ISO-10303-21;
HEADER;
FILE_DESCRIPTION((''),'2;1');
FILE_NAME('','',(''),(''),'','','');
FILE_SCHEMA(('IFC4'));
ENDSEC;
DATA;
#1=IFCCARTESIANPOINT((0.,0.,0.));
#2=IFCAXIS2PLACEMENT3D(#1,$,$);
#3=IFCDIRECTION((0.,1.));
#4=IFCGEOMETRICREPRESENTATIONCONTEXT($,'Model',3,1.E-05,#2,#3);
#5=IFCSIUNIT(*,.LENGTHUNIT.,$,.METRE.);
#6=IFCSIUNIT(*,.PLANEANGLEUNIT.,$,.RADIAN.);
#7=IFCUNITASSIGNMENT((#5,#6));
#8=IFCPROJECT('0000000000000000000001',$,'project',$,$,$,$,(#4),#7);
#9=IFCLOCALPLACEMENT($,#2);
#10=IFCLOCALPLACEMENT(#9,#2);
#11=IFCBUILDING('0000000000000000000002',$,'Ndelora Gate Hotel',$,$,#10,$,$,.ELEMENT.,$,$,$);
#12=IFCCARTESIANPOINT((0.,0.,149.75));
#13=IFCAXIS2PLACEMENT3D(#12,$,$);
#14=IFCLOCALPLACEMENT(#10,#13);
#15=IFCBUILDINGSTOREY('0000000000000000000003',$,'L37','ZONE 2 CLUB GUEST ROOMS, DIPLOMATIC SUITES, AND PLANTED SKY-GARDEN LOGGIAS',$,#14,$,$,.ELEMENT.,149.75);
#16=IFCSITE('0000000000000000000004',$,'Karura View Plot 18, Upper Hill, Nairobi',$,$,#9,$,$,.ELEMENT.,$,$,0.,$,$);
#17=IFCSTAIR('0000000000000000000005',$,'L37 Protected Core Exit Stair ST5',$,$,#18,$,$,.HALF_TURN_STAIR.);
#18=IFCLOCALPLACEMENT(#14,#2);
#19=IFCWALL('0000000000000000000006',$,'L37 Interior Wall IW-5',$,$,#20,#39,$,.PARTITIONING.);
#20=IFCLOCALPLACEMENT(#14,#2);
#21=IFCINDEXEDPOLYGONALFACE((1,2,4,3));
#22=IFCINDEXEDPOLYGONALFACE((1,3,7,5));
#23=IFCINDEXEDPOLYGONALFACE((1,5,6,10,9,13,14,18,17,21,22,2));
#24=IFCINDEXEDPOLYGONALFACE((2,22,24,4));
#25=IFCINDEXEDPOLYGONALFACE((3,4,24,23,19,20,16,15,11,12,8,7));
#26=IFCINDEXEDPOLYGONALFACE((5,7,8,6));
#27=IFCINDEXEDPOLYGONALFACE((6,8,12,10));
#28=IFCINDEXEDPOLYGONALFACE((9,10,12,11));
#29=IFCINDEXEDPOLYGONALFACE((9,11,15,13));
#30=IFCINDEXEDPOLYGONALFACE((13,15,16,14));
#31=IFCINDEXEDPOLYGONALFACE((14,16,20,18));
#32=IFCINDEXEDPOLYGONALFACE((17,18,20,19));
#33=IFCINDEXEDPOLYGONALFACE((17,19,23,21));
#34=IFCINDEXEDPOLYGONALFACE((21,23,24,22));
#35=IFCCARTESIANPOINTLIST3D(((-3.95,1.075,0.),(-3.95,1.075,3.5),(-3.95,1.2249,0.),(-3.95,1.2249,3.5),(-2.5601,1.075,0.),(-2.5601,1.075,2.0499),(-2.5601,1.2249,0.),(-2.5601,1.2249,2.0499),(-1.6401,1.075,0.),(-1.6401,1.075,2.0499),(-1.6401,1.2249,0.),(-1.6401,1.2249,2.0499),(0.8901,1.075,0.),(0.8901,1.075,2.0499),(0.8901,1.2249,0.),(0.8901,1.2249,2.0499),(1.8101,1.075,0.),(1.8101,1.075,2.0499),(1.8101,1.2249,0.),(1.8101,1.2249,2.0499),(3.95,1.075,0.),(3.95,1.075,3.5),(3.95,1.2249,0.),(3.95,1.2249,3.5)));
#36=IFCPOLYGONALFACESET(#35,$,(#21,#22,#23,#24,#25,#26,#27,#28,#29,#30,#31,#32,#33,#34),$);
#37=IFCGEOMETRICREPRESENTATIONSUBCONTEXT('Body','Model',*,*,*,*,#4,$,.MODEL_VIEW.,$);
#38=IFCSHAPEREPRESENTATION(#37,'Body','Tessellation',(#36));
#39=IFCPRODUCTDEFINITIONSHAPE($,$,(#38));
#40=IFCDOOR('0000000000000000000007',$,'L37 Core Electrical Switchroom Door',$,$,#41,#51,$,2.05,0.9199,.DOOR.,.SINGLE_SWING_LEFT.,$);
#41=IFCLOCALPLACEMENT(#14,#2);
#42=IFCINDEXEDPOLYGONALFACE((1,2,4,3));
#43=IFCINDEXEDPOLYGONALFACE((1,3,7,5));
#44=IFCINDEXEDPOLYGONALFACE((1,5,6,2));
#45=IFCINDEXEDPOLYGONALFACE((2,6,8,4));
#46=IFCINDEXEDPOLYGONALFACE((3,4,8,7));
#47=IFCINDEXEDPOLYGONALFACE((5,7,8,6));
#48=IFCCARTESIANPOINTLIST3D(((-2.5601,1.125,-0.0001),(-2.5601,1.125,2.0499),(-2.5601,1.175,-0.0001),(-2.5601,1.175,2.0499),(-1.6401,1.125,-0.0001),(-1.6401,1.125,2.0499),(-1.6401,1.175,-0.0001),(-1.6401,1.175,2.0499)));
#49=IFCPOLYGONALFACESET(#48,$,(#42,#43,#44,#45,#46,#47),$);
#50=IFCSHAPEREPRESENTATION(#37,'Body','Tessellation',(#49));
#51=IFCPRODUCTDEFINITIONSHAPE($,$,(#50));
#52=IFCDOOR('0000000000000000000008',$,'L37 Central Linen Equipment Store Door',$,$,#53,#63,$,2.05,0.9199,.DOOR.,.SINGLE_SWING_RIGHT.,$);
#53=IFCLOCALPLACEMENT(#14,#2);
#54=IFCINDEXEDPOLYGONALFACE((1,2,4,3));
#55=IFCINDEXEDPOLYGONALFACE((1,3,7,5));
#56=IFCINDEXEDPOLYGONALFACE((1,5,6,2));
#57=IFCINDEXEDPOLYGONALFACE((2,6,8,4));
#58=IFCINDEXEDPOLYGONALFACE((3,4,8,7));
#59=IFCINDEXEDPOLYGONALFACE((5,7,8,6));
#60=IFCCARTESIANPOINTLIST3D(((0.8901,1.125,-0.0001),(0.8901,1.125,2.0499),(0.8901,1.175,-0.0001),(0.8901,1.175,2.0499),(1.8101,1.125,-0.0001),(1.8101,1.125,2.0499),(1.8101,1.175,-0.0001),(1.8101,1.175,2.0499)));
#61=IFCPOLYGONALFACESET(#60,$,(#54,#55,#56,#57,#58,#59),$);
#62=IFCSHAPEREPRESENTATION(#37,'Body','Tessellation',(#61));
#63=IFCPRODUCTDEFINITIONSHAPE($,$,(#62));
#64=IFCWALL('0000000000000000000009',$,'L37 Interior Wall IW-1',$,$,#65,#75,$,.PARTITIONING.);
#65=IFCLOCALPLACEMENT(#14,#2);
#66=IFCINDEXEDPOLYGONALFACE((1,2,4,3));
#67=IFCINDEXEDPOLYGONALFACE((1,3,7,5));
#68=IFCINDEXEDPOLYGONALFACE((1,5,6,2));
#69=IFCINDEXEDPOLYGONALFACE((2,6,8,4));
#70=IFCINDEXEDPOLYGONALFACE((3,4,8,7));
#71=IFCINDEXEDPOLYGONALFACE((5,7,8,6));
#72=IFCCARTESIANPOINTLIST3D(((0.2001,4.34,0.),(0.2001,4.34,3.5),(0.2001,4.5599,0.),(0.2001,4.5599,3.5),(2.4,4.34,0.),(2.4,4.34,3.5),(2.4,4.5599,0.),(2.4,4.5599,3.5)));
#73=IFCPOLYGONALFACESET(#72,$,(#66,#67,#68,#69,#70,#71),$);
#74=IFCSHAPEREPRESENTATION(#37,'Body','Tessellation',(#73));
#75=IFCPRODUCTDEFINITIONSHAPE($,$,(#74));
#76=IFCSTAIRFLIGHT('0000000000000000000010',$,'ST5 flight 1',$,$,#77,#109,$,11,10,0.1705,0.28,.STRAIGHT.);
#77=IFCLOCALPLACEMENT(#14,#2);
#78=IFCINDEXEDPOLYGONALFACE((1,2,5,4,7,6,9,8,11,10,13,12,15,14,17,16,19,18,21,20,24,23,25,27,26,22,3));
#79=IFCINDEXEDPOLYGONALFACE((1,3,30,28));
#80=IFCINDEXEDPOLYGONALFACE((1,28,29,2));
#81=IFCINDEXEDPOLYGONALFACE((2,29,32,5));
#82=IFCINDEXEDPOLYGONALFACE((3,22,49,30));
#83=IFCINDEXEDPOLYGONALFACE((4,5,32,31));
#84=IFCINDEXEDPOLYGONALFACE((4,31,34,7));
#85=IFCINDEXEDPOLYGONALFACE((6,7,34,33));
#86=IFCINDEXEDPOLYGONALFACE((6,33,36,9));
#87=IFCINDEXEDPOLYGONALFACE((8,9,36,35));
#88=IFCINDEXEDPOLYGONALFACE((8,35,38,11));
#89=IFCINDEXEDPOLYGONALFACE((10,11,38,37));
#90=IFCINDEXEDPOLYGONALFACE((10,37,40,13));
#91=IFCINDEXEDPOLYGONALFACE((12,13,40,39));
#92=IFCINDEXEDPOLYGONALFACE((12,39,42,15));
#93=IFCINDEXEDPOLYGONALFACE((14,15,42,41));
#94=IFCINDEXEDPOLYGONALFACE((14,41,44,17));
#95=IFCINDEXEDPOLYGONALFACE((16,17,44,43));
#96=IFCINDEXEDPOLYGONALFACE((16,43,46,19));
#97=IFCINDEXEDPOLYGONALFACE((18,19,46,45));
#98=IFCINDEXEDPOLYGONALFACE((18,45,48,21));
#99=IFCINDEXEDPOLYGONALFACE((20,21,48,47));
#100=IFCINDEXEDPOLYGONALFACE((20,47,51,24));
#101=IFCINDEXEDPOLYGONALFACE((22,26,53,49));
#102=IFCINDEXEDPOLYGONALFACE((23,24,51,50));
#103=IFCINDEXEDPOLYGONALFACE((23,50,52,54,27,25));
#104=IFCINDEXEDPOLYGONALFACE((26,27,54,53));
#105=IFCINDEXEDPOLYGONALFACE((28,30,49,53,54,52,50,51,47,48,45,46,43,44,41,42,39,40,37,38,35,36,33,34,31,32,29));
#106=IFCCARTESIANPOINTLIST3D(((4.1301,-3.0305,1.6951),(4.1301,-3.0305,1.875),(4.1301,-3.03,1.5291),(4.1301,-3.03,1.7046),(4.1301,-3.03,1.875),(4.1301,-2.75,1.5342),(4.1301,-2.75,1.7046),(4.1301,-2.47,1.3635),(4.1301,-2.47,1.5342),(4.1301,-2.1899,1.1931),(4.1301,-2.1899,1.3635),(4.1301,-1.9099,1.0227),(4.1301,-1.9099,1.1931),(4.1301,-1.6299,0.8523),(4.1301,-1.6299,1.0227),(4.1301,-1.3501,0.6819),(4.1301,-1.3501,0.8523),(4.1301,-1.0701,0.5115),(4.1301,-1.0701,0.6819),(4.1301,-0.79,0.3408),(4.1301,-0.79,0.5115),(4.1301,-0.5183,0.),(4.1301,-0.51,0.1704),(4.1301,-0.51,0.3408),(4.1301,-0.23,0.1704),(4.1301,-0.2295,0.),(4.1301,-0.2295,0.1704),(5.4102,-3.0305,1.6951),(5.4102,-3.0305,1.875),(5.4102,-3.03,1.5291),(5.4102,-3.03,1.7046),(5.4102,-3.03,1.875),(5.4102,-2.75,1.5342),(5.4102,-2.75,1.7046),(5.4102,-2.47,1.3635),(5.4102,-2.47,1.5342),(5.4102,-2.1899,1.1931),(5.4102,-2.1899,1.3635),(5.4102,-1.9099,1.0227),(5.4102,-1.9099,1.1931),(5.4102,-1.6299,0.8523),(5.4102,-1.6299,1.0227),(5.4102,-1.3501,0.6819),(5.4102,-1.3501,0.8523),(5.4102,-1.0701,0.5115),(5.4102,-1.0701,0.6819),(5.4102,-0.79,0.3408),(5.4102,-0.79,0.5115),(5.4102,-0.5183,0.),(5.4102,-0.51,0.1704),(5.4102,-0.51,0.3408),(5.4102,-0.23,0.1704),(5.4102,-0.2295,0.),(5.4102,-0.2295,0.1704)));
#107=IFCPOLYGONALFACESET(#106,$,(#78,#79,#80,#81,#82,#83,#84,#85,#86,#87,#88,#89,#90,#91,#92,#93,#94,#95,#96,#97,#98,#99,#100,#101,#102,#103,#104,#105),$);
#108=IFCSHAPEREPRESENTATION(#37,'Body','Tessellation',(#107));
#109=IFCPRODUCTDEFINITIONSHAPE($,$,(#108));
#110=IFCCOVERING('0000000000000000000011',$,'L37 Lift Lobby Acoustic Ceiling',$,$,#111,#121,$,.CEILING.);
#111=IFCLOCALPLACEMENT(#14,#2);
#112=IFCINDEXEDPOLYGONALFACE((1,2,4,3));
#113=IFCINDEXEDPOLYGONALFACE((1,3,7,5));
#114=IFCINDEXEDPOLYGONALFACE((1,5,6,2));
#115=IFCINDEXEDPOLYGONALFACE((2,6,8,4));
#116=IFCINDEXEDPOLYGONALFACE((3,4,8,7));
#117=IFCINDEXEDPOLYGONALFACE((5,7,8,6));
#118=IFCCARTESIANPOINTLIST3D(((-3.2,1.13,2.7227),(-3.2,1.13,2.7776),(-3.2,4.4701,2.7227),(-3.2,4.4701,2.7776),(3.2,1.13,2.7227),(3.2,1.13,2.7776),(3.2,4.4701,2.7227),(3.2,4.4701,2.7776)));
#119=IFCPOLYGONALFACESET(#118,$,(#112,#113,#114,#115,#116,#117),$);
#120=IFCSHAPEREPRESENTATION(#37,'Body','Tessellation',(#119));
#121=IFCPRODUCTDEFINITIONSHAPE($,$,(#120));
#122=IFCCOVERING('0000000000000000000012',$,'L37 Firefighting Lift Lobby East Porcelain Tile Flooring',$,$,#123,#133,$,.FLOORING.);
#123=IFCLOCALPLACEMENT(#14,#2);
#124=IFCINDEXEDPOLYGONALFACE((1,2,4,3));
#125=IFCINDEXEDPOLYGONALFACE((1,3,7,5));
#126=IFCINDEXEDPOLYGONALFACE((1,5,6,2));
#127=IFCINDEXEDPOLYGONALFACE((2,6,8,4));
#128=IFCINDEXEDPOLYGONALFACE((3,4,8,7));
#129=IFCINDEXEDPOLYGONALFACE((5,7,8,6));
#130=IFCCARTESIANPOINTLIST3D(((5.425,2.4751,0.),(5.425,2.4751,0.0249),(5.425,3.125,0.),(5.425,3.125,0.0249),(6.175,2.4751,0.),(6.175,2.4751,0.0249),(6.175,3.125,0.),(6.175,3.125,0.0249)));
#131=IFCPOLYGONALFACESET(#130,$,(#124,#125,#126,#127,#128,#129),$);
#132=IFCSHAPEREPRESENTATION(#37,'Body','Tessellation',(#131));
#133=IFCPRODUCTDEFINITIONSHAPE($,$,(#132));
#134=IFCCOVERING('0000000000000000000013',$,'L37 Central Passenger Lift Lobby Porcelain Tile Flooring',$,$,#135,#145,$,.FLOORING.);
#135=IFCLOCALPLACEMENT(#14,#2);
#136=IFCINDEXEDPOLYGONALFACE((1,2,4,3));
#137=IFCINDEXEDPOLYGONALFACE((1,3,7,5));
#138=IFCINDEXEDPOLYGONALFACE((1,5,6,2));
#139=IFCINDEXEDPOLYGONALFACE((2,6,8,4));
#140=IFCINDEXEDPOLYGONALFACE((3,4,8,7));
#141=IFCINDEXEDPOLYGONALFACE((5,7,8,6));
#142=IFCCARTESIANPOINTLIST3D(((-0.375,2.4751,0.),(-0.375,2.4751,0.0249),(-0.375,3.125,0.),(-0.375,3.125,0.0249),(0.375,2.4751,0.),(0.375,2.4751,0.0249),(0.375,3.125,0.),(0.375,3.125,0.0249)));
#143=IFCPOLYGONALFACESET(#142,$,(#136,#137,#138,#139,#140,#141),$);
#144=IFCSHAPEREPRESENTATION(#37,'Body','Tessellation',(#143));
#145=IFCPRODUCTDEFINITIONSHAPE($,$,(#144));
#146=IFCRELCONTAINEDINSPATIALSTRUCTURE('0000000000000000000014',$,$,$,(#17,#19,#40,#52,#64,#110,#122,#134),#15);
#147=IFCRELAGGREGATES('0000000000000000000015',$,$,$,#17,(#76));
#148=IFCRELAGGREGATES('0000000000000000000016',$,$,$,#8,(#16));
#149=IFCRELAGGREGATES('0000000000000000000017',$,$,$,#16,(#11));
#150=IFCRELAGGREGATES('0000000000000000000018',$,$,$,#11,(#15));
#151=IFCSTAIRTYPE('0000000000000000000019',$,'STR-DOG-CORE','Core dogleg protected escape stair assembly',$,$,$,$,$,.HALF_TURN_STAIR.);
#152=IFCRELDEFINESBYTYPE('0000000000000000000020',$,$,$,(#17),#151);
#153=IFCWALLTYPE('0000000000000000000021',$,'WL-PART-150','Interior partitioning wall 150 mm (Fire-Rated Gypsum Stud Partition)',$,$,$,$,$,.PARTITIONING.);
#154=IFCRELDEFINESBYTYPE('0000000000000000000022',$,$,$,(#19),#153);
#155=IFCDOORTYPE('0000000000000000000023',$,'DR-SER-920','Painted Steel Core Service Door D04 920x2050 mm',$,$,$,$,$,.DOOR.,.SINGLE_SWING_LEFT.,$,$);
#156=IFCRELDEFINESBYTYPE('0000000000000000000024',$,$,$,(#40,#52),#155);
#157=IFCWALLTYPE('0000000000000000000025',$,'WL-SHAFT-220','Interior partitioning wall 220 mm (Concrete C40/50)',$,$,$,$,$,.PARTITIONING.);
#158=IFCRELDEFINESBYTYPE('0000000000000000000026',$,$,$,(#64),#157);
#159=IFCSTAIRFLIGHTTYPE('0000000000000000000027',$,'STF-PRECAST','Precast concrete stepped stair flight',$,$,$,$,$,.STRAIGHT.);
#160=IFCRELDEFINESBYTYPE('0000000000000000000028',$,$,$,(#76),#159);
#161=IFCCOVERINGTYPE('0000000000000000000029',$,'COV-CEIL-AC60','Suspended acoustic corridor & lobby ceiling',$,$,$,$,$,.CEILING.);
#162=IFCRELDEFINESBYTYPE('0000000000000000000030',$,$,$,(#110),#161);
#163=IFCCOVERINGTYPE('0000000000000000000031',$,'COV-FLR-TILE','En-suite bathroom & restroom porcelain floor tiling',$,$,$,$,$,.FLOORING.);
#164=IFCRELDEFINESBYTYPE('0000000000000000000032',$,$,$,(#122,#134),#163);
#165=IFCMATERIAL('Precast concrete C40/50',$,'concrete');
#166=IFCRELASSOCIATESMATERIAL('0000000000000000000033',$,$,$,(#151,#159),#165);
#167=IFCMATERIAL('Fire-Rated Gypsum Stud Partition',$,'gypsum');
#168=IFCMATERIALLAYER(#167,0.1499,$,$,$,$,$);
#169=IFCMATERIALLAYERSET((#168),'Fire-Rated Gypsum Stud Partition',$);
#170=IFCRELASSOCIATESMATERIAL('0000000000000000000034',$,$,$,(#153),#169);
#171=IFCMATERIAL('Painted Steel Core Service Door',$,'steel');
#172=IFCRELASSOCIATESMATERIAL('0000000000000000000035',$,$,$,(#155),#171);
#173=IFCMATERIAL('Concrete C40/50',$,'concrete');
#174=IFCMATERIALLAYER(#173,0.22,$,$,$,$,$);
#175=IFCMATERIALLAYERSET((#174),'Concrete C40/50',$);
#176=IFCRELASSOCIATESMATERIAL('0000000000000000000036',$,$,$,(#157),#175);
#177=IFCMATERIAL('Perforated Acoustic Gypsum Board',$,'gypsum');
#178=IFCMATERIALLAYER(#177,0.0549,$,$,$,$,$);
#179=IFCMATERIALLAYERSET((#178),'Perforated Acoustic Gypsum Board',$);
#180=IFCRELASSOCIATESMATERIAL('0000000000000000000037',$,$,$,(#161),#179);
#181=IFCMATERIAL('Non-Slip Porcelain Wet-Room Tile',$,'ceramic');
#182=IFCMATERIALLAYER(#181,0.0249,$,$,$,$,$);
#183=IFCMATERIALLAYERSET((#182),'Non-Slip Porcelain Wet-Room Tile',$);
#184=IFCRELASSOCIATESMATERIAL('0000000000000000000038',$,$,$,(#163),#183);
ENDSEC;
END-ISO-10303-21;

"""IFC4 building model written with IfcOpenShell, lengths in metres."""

from ifc_helpers import new_model, si_unit, direction, frame, frame_2d, origin, origin_2d, place, context, subcontext, project, spatial, polyline, rectangle, outline, extrude, material, layer, layer_set, type_object, element, fill, aggregate, save


model = new_model("IFC4")

# Units and contexts
model_context = context("Model", 3, precision=1e-05, world=origin(), true_north=direction((0.0, 1.0)))
body_context = subcontext(model_context, "Body", "Model", "MODEL_VIEW")
ifc_project = project(units=[si_unit("LENGTHUNIT", "METRE"), si_unit("PLANEANGLEUNIT", "RADIAN")], contexts=[model_context])

# Site, building, storey
site_placement = place(None, origin())
site = spatial("IfcSite", under=ifc_project, at=site_placement, Name="Karura View Plot 18, Upper Hill, Nairobi", CompositionType="ELEMENT", RefElevation=0.0)
building_placement = place(site_placement, origin())
building = spatial("IfcBuilding", under=site, at=building_placement, Name="Ndelora Gate Hotel", CompositionType="ELEMENT")
storey_placement = place(building_placement, frame((0.0, 0.0, 149.75)))
storey = spatial("IfcBuildingStorey", under=building, at=storey_placement, Name="L37", Description="ZONE 2 CLUB GUEST ROOMS, DIPLOMATIC SUITES, AND PLANTED SKY-GARDEN LOGGIAS", CompositionType="ELEMENT", Elevation=149.75)

# Stair
ifc_material_1 = material(Name="Precast concrete C40/50", Category="concrete")
stair_type = type_object("IfcStairType", Name="STR-DOG-CORE", Description="Core dogleg protected escape stair assembly", PredefinedType="HALF_TURN_STAIR", material=ifc_material_1)
stair_1_placement = place(storey_placement, origin())
stair_1 = element("IfcStair", 1, at=stair_1_placement, inside=storey, type_object=stair_type, Name="L37 Protected Core Exit Stair ST5", PredefinedType="HALF_TURN_STAIR")

# Shared definitions
ifc_material_2 = material(Name="Concrete C40/50", Category="concrete")

# Wall, openings, doors
ifc_material_3 = material(Name="Fire-Rated Gypsum Stud Partition", Category="gypsum")
ifc_layer_1 = layer(ifc_material_3, 0.1499)
ifc_layer_set_1 = layer_set([ifc_layer_1], Name="Fire-Rated Gypsum Stud Partition")
wall_type_1 = type_object("IfcWallType", Name="WL-PART-150", Description="Interior partitioning wall 150 mm (Fire-Rated Gypsum Stud Partition)", PredefinedType="PARTITIONING", material=ifc_layer_set_1)
wall_1_placement = place(storey_placement, frame((3.95, 1.1499, 0.0), z_axis=(0.0, 0.0, 1.0), x_axis=(-1.0, 0.0, 0.0)))
wall_1 = element("IfcWall", 2, at=wall_1_placement, inside=storey, type_object=wall_type_1, Name="L37 Interior Wall IW-5", PredefinedType="PARTITIONING", context=body_context, shape_type="SweptSolid", body=[
    extrude(rectangle(XDim=7.8999, YDim=0.1499, at=frame_2d((3.95, 0.0))), origin(), (0.0, 0.0, 1.0), 3.5),
])
opening_1_placement = place(wall_1_placement, frame((5.5901, 0.0, 0.0)))
opening_1 = element("IfcOpeningElement", 3, at=opening_1_placement, cuts=wall_1, PredefinedType="OPENING", context=body_context, shape_type="SweptSolid", body=[
    extrude(rectangle(XDim=0.9199, YDim=2.05, at=frame_2d((0.46, 1.0249))), frame((0.0, 0.085, 0.0), z_axis=(0.0, -1.0, 0.0), x_axis=(1.0, 0.0, 0.0)), (0.0, 0.0, 1.0), 0.1699),
])
opening_2_placement = place(wall_1_placement, frame((2.1399, 0.0, 0.0)))
opening_2 = element("IfcOpeningElement", 4, at=opening_2_placement, cuts=wall_1, PredefinedType="OPENING", context=body_context, shape_type="SweptSolid", body=[
    extrude(rectangle(XDim=0.9199, YDim=2.05, at=frame_2d((0.46, 1.0249))), frame((0.0, 0.085, 0.0), z_axis=(0.0, -1.0, 0.0), x_axis=(1.0, 0.0, 0.0)), (0.0, 0.0, 1.0), 0.1699),
])
ifc_material_4 = material(Name="Painted Steel Core Service Door", Category="steel")
door_type_1 = type_object("IfcDoorType", Name="DR-SER-920", Description="Painted Steel Core Service Door D04 920x2050 mm", OperationType="SINGLE_SWING_LEFT", PredefinedType="DOOR", material=ifc_material_4)
door_1_placement = place(opening_1_placement, origin())
door_1 = element("IfcDoor", 5, at=door_1_placement, inside=storey, type_object=door_type_1, Name="L37 Core Electrical Switchroom Door", OperationType="SINGLE_SWING_LEFT", OverallHeight=2.05, OverallWidth=0.9199, PredefinedType="DOOR", context=body_context, shape_type="SweptSolid", body=[
    extrude(rectangle(XDim=0.9199, YDim=2.05, at=frame_2d((0.46, 1.0249))), frame((0.0, 0.0249, 0.0), z_axis=(0.0, -1.0, 0.0), x_axis=(1.0, 0.0, 0.0)), (0.0, 0.0, 1.0), 0.05),
])
fill(opening_1, door_1)
door_2_placement = place(opening_2_placement, origin())
door_2 = element("IfcDoor", 6, at=door_2_placement, inside=storey, type_object=door_type_1, Name="L37 Central Linen Equipment Store Door", OperationType="SINGLE_SWING_RIGHT", OverallHeight=2.05, OverallWidth=0.9199, PredefinedType="DOOR", context=body_context, shape_type="SweptSolid", body=[
    extrude(rectangle(XDim=0.9199, YDim=2.05, at=frame_2d((0.46, 1.0249))), frame((0.0, 0.0249, 0.0), z_axis=(0.0, -1.0, 0.0), x_axis=(1.0, 0.0, 0.0)), (0.0, 0.0, 1.0), 0.05),
])
fill(opening_2, door_2)

# Shared definitions
ifc_layer_2 = layer(ifc_material_2, 0.22)
ifc_layer_set_2 = layer_set([ifc_layer_2], Name="Concrete C40/50")
wall_type_2 = type_object("IfcWallType", Name="WL-SHAFT-220", Description="Interior partitioning wall 220 mm (Concrete C40/50)", PredefinedType="PARTITIONING", material=ifc_layer_set_2)

# Wall
wall_2_placement = place(storey_placement, frame((0.2, 4.45, 0.0), z_axis=(0.0, 0.0, 1.0), x_axis=(1.0, 0.0, 0.0)))
element("IfcWall", 7, at=wall_2_placement, inside=storey, type_object=wall_type_2, Name="L37 Interior Wall IW-1", PredefinedType="PARTITIONING", context=body_context, shape_type="SweptSolid", body=[
    extrude(rectangle(XDim=2.2, YDim=0.22, at=frame_2d((1.1001, 0.0))), origin(), (0.0, 0.0, 1.0), 3.5),
])

# Stair flight
stair_flight_type = type_object("IfcStairFlightType", Name="STF-PRECAST", Description="Precast concrete stepped stair flight", PredefinedType="STRAIGHT", material=ifc_material_1)
stair_flight_placement = place(storey_placement, frame((4.77, -0.23, 0.0), z_axis=(0.0, 0.0, 1.0), x_axis=(0.0, -1.0, 0.0)))
stair_flight = element("IfcStairFlight", 8, at=stair_flight_placement, type_object=stair_flight_type, Name="ST5 flight 1", NumberOfRisers=11, NumberOfTreads=10, PredefinedType="STRAIGHT", RiserHeight=0.1705, TreadLength=0.28, context=body_context, shape_type="SweptSolid", body=[
    extrude(outline(polyline([(-0.0005, 0.0), (-0.0005, 0.1704), (0.0, 0.1704), (0.28, 0.1704), (0.28, 0.3408), (0.5601, 0.3408), (0.5601, 0.5115), (0.8401, 0.5115), (0.8401, 0.6819), (1.1201, 0.6819), (1.1201, 0.8523), (1.3999, 0.8523), (1.3999, 1.0227), (1.6799, 1.0227), (1.6799, 1.1931), (1.96, 1.1931), (1.96, 1.3635), (2.24, 1.3635), (2.24, 1.5342), (2.52, 1.5342), (2.52, 1.7046), (2.8, 1.7046), (2.8, 1.875), (2.8005, 1.875), (2.8005, 1.6951), (2.8, 1.5291), (0.2883, 0.0), (-0.0005, 0.0)])), frame((0.0, 0.6401, 0.0), z_axis=(0.0, -1.0, 0.0), x_axis=(1.0, 0.0, 0.0)), (0.0, 0.0, 1.0), 1.28),
])
aggregate(stair_1, [stair_flight])

# Coverings
ifc_material_5 = material(Name="Perforated Acoustic Gypsum Board", Category="gypsum")
ifc_layer_3 = layer(ifc_material_5, 0.0549)
ifc_layer_set_3 = layer_set([ifc_layer_3], Name="Perforated Acoustic Gypsum Board")
covering_type_1 = type_object("IfcCoveringType", Name="COV-CEIL-AC60", Description="Suspended acoustic corridor & lobby ceiling", PredefinedType="CEILING", material=ifc_layer_set_3)
covering_placement = place(storey_placement, frame((0.0, 2.8, 2.7227), z_axis=(0.0, 0.0, 1.0), x_axis=(1.0, 0.0, 0.0)))
element("IfcCovering", 9, at=covering_placement, inside=storey, type_object=covering_type_1, Name="L37 Lift Lobby Acoustic Ceiling", PredefinedType="CEILING", context=body_context, shape_type="SweptSolid", body=[
    extrude(rectangle(XDim=6.3999, YDim=3.3401, at=origin_2d()), origin(), (0.0, 0.0, 1.0), 0.0549),
])
ifc_material_6 = material(Name="Non-Slip Porcelain Wet-Room Tile", Category="ceramic")
ifc_layer_4 = layer(ifc_material_6, 0.0249)
ifc_layer_set_4 = layer_set([ifc_layer_4], Name="Non-Slip Porcelain Wet-Room Tile")
covering_type_2 = type_object("IfcCoveringType", Name="COV-FLR-TILE", Description="En-suite bathroom & restroom porcelain floor tiling", PredefinedType="FLOORING", material=ifc_layer_set_4)
for number, where, z_axis, x_axis, name in (
    (10, (5.8, 2.8, 0.0), (0.0, 0.0, 1.0), (1.0, 0.0, 0.0), "L37 Firefighting Lift Lobby East Porcelain Tile Flooring"),
    (11, (0.0, 2.8, 0.0), (0.0, 0.0, 1.0), (1.0, 0.0, 0.0), "L37 Central Passenger Lift Lobby Porcelain Tile Flooring"),
):
    element("IfcCovering", number, at=place(storey_placement, frame(where, z_axis=z_axis, x_axis=x_axis)), inside=storey, type_object=covering_type_2, Name=name, PredefinedType="FLOORING", context=body_context, shape_type="SweptSolid", body=[
        extrude(rectangle(XDim=0.75, YDim=0.6499, at=origin_2d()), origin(), (0.0, 0.0, 1.0), 0.0249),
    ])

save(model, "model.ifc")
